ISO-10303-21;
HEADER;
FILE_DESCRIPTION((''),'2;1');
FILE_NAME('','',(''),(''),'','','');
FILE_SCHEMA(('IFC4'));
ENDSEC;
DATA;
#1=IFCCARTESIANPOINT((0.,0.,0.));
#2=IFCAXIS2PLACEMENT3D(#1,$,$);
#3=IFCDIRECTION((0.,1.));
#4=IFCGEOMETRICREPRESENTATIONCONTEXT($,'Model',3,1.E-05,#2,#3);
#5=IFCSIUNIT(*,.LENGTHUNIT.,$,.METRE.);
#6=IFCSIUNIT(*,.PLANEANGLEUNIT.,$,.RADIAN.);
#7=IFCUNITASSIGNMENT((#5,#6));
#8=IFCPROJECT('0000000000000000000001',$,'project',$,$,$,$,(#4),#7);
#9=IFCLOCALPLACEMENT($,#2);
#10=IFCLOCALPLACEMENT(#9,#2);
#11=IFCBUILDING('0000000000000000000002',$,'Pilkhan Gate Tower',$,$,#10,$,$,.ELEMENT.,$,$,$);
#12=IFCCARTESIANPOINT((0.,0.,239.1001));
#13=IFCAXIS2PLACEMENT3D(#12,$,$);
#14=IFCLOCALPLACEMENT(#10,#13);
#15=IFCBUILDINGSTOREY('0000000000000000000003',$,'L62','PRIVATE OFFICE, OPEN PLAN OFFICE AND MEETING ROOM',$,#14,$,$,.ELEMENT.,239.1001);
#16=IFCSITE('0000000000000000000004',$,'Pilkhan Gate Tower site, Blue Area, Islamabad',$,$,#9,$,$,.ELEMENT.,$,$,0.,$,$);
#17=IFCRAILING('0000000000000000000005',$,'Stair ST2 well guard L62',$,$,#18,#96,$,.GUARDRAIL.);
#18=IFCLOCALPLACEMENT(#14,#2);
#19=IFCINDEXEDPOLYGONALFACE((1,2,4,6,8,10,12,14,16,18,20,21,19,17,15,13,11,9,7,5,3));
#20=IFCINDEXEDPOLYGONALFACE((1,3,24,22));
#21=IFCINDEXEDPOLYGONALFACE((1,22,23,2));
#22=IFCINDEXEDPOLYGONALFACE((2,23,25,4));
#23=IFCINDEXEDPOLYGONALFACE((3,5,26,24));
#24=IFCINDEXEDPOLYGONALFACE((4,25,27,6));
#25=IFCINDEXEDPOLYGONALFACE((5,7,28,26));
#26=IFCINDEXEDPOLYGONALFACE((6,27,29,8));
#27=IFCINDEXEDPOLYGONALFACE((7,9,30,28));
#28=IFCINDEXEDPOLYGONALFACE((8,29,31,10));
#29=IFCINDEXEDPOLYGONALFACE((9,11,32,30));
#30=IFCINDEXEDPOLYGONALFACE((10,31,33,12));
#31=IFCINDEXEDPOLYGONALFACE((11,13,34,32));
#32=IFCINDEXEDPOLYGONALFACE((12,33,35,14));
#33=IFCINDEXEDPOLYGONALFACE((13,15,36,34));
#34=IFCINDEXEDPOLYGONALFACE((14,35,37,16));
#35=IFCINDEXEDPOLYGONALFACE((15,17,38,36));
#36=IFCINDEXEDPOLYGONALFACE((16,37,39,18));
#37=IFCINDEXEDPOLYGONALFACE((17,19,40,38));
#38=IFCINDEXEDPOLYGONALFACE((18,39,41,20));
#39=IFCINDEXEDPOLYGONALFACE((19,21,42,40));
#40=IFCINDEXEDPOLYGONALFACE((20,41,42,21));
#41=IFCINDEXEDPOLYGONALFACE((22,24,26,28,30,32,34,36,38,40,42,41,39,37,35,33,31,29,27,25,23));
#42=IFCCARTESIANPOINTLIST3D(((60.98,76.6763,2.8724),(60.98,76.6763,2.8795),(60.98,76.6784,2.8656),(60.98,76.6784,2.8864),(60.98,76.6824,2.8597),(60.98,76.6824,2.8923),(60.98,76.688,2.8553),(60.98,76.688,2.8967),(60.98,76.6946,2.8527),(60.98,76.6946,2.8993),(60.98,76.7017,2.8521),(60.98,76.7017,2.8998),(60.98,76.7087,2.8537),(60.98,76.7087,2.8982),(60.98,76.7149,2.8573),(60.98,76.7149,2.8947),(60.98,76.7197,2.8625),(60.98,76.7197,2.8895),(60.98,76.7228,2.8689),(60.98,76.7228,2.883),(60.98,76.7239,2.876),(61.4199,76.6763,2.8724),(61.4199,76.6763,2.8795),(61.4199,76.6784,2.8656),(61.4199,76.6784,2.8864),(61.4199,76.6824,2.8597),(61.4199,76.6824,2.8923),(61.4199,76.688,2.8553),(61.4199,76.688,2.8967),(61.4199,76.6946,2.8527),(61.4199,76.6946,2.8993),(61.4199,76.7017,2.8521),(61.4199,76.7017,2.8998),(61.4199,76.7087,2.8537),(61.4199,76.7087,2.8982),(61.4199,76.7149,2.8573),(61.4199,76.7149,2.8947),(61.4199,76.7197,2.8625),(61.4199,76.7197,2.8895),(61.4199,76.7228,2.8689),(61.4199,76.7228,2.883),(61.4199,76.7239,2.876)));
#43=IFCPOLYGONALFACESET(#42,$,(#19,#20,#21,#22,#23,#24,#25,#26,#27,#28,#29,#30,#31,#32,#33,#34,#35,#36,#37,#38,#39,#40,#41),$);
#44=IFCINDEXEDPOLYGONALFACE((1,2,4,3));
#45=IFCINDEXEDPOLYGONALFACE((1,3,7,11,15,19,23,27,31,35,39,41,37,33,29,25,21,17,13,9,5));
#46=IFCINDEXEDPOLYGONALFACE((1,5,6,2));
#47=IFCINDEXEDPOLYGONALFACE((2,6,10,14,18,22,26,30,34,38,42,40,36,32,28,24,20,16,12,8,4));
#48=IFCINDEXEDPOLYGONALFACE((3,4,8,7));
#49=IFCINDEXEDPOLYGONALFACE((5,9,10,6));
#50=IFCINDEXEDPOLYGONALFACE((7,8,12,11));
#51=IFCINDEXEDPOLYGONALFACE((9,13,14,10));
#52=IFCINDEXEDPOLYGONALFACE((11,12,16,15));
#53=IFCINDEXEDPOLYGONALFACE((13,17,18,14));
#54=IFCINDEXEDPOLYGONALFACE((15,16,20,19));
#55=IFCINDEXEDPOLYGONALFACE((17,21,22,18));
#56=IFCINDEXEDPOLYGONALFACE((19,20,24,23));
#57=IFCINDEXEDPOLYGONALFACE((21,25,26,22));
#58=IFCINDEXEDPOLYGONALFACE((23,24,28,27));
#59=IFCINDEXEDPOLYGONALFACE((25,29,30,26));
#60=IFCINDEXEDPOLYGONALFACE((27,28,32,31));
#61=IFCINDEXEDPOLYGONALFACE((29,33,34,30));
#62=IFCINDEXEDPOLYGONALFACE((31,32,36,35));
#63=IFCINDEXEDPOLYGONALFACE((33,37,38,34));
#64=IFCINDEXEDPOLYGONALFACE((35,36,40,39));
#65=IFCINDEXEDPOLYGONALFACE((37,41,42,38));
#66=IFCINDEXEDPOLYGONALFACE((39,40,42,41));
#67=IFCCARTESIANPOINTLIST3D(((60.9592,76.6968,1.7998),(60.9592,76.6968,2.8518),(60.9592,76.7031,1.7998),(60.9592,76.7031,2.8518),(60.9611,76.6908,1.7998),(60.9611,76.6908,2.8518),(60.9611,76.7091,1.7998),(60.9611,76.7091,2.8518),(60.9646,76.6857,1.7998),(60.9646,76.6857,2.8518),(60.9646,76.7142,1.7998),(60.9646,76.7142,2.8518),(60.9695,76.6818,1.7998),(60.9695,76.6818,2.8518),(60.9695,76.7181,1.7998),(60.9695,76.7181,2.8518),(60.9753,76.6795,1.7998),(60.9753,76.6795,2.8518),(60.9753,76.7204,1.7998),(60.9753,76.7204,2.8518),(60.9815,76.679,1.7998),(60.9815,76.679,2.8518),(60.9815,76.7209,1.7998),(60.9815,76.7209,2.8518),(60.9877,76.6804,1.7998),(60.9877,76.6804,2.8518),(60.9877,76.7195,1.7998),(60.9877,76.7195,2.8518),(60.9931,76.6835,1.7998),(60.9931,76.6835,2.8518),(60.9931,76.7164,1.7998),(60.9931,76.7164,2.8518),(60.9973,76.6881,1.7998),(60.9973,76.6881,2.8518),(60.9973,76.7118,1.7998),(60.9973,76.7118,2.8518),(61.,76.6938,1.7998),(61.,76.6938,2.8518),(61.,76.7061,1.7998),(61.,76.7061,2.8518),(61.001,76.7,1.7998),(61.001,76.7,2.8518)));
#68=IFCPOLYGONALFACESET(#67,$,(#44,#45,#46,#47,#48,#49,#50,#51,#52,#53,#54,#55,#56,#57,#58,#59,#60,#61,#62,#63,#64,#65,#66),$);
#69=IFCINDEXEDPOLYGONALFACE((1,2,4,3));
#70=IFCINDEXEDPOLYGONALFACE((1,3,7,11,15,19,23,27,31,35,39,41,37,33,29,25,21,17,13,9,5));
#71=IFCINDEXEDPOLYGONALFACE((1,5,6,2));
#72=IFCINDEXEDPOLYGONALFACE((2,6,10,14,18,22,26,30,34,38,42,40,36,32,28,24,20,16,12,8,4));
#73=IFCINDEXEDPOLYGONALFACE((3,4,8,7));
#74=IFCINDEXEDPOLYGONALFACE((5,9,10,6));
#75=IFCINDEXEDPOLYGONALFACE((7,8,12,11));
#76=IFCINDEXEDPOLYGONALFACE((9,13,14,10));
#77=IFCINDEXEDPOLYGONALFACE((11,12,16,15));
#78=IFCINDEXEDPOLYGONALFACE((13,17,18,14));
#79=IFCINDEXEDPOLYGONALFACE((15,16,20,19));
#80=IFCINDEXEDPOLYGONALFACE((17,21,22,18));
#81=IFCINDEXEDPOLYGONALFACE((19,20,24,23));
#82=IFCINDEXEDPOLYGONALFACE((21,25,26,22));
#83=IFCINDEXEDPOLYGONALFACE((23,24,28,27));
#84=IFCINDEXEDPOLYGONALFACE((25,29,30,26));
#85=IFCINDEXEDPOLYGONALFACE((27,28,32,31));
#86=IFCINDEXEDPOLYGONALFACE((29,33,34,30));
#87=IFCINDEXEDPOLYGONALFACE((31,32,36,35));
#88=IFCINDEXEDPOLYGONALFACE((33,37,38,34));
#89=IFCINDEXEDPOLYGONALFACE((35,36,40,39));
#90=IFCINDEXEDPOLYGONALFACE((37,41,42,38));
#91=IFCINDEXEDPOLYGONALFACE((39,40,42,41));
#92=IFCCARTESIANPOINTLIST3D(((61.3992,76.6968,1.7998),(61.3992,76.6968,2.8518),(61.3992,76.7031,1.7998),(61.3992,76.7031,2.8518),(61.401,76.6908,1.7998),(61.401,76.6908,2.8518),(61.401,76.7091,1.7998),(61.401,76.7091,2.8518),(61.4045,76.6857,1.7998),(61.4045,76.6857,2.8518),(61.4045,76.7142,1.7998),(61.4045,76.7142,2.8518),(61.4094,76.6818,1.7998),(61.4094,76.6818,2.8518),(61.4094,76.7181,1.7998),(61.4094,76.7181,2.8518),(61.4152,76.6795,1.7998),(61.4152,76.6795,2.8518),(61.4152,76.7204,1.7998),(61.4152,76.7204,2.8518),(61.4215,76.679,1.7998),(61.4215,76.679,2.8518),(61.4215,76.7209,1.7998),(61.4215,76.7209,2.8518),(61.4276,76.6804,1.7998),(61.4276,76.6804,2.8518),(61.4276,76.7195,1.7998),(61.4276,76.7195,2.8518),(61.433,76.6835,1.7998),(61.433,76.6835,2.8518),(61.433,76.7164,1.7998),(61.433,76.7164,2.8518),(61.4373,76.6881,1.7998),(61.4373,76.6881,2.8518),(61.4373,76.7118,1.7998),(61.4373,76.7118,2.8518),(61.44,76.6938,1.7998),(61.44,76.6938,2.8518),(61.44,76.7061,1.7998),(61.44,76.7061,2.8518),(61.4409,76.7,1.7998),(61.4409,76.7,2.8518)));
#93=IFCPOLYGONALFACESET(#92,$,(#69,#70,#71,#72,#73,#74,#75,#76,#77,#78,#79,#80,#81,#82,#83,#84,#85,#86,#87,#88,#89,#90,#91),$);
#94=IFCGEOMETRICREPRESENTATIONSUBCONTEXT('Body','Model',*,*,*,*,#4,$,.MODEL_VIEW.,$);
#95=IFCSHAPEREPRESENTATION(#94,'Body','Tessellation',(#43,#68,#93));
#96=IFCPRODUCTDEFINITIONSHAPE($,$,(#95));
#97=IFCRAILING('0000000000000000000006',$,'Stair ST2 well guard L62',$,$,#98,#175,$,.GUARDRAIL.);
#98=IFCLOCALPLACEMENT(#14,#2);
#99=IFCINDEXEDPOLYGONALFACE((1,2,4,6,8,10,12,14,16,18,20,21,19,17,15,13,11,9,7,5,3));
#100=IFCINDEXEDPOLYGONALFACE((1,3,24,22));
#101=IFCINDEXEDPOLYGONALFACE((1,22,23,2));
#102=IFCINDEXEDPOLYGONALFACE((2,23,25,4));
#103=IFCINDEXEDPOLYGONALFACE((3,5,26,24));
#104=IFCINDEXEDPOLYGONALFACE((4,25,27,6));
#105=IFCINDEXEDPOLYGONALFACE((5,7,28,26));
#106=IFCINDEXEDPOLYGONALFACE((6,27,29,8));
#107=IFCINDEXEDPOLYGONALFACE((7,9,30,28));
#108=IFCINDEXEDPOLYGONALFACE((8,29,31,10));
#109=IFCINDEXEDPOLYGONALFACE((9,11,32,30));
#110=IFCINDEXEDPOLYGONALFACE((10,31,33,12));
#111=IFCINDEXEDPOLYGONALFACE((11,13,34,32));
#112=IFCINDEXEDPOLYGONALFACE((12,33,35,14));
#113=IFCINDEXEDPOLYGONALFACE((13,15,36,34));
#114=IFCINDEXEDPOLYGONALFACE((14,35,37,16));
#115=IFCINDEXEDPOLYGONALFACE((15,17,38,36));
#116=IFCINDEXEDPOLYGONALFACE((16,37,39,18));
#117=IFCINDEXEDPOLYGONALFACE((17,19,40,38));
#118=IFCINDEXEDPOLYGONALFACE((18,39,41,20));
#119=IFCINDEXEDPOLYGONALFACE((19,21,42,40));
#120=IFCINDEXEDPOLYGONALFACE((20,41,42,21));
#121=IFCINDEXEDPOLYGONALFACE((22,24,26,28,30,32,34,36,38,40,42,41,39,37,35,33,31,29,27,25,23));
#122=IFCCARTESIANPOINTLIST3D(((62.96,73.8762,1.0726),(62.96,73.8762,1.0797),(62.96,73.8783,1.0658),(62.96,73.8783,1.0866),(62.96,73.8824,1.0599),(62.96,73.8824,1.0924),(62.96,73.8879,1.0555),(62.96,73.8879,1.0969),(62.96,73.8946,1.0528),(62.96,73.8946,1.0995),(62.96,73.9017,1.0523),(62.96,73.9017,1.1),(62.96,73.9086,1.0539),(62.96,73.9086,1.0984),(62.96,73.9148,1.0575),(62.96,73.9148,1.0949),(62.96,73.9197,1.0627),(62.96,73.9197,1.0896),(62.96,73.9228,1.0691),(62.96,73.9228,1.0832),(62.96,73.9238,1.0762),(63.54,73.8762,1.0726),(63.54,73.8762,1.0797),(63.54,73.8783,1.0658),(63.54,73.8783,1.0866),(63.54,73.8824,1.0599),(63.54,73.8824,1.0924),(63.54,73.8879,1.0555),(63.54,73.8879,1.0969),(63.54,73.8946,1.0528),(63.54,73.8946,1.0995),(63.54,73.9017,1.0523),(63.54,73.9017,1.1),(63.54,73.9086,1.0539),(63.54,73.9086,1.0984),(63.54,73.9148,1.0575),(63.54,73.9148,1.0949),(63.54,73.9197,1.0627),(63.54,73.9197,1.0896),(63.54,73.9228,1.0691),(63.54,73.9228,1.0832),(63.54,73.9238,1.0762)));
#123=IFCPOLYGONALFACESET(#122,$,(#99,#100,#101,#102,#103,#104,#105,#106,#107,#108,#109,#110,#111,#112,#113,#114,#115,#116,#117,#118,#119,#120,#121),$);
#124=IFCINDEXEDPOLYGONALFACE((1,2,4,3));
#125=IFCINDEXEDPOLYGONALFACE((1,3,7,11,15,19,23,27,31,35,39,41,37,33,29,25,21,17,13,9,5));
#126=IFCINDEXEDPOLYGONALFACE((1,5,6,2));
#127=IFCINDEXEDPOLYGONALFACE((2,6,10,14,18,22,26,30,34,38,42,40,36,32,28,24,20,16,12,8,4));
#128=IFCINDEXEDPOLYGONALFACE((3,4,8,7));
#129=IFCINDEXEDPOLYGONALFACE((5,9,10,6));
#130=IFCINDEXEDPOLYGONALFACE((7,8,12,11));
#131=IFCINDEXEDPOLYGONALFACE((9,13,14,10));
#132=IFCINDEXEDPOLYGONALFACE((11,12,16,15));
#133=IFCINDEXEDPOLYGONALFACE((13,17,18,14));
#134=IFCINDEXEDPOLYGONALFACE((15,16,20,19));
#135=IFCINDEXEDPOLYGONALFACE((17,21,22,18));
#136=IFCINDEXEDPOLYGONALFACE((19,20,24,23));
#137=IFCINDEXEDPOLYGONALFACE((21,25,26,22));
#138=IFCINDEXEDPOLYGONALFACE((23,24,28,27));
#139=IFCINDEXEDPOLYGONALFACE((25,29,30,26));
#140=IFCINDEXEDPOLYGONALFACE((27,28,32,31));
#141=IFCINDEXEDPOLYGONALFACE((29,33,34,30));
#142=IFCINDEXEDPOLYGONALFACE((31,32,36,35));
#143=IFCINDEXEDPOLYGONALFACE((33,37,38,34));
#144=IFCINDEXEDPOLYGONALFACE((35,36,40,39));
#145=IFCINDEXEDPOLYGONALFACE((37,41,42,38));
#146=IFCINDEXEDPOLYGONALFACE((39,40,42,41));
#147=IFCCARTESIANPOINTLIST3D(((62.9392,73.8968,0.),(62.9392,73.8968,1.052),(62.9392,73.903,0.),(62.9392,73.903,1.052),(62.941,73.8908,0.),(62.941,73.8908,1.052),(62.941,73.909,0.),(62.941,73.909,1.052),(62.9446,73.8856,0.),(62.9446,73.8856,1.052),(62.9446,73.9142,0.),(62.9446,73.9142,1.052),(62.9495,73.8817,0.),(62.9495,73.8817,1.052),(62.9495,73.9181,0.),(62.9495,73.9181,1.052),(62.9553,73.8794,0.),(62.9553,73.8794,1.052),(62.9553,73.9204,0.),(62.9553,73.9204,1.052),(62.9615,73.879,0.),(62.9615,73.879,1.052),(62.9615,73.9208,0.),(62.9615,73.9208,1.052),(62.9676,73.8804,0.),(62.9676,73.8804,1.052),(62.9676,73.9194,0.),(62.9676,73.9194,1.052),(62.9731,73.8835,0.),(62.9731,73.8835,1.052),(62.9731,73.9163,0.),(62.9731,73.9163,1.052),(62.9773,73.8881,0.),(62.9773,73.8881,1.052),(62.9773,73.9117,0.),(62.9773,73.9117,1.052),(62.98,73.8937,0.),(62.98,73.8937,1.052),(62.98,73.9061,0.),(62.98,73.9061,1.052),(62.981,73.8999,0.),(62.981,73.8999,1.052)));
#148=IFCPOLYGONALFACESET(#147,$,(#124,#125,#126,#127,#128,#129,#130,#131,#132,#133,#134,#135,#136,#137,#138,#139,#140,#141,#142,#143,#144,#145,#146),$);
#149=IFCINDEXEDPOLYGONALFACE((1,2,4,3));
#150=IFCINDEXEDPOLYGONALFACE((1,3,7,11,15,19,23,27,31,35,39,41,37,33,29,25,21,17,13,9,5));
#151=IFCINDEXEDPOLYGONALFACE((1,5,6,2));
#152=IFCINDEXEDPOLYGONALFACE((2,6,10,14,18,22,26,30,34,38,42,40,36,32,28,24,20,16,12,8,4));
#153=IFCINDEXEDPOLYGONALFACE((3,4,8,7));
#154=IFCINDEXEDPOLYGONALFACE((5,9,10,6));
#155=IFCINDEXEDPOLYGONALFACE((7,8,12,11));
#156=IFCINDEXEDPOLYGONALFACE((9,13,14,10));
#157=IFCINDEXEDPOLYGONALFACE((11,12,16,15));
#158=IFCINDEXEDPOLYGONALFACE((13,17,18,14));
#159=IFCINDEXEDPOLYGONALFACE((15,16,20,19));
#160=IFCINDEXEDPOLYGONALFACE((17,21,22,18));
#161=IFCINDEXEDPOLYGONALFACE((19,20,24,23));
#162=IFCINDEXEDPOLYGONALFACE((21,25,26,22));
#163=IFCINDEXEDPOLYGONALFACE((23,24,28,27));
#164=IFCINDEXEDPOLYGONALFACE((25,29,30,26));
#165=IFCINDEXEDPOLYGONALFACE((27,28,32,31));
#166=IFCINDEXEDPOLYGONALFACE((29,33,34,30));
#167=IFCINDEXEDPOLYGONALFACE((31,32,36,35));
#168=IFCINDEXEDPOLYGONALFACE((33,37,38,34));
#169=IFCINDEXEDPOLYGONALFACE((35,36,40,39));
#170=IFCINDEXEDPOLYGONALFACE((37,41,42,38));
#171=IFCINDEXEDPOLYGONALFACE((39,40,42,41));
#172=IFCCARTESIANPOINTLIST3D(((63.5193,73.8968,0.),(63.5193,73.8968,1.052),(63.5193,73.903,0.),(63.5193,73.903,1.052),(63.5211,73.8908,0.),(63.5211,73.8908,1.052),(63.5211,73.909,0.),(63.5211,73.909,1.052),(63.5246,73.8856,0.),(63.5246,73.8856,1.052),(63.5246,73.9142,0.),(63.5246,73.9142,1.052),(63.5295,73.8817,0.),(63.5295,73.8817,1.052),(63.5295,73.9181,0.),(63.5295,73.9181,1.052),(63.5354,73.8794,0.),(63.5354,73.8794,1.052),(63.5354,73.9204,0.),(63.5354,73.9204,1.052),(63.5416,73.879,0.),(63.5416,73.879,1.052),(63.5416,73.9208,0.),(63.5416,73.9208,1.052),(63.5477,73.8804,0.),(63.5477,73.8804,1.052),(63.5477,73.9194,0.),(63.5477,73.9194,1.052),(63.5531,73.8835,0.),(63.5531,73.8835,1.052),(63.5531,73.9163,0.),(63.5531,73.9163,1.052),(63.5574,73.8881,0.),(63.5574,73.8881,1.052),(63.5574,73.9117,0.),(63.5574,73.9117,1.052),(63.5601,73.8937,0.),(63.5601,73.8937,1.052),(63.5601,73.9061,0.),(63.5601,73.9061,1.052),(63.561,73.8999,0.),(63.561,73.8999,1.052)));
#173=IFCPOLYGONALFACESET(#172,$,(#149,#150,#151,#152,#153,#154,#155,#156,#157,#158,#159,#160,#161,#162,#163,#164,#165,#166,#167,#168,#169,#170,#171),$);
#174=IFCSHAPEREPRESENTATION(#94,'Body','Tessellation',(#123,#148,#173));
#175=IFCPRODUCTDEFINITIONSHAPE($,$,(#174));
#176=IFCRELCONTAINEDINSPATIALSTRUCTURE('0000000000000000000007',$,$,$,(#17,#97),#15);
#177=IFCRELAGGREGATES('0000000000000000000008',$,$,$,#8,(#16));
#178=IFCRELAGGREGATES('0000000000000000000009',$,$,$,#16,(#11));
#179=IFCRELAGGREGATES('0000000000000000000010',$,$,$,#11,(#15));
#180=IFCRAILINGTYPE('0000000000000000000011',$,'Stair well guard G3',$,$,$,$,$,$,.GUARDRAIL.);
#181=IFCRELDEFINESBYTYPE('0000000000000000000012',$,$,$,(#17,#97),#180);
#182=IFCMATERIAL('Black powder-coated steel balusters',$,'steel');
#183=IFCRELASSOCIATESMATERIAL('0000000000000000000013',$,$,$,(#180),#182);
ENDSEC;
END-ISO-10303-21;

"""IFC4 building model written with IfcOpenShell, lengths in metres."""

from ifc_helpers import new_model, si_unit, direction, frame, origin, origin_2d, place, context, subcontext, project, spatial, circle, extrude, material, type_object, element, save


model = new_model("IFC4")

# Units and contexts
model_context = context("Model", 3, precision=1e-05, world=origin(), true_north=direction((0.0, 1.0)))
body_context = subcontext(model_context, "Body", "Model", "MODEL_VIEW")
ifc_project = project(units=[si_unit("LENGTHUNIT", "METRE"), si_unit("PLANEANGLEUNIT", "RADIAN")], contexts=[model_context])

# Site, building, storey
site_placement = place(None, origin())
site = spatial("IfcSite", under=ifc_project, at=site_placement, Name="Pilkhan Gate Tower site, Blue Area, Islamabad", CompositionType="ELEMENT", RefElevation=0.0)
building_placement = place(site_placement, origin())
building = spatial("IfcBuilding", under=site, at=building_placement, Name="Pilkhan Gate Tower", CompositionType="ELEMENT")
storey_placement = place(building_placement, frame((0.0, 0.0, 239.1001)))
storey = spatial("IfcBuildingStorey", under=building, at=storey_placement, Name="L62", Description="PRIVATE OFFICE, OPEN PLAN OFFICE AND MEETING ROOM", CompositionType="ELEMENT", Elevation=239.1001)

# Railings
ifc_material_1 = material(Name="Black powder-coated steel balusters", Category="steel")
railing_type_1 = type_object("IfcRailingType", Name="Stair well guard G3", PredefinedType="GUARDRAIL", material=ifc_material_1)
railing_1_placement = place(storey_placement, frame((60.98, 76.7, 1.7998)))
element("IfcRailing", 1, at=railing_1_placement, inside=storey, type_object=railing_type_1, Name="Stair ST2 well guard L62", PredefinedType="GUARDRAIL", context=body_context, shape_type="SweptSolid", body=[
    extrude(circle(Radius=0.0239, at=origin_2d()), frame((0.0, 0.0, 1.0762), z_axis=(1.0, 0.0, 0.0), x_axis=(0.0, 1.0, 0.0)), (0.0, 0.0, 1.0), 0.4399),
    extrude(circle(Radius=0.021, at=origin_2d()), origin(), (0.0, 0.0, 1.0), 1.052),
    extrude(circle(Radius=0.021, at=origin_2d()), frame((0.4399, 0.0, 0.0)), (0.0, 0.0, 1.0), 1.052),
])
for number, where, name in (
    (2, (62.96, 73.8999, 0.0), "Stair ST2 well guard L62"),
):
    element("IfcRailing", number, at=place(storey_placement, frame(where)), inside=storey, type_object=railing_type_1, Name=name, PredefinedType="GUARDRAIL", context=body_context, shape_type="SweptSolid", body=[
        extrude(circle(Radius=0.0239, at=origin_2d()), frame((0.0, 0.0, 1.0762), z_axis=(1.0, 0.0, 0.0), x_axis=(0.0, 1.0, 0.0)), (0.0, 0.0, 1.0), 0.5801),
        extrude(circle(Radius=0.021, at=origin_2d()), origin(), (0.0, 0.0, 1.0), 1.052),
        extrude(circle(Radius=0.021, at=origin_2d()), frame((0.5801, 0.0, 0.0)), (0.0, 0.0, 1.0), 1.052),
    ])

save(model, "model.ifc")
